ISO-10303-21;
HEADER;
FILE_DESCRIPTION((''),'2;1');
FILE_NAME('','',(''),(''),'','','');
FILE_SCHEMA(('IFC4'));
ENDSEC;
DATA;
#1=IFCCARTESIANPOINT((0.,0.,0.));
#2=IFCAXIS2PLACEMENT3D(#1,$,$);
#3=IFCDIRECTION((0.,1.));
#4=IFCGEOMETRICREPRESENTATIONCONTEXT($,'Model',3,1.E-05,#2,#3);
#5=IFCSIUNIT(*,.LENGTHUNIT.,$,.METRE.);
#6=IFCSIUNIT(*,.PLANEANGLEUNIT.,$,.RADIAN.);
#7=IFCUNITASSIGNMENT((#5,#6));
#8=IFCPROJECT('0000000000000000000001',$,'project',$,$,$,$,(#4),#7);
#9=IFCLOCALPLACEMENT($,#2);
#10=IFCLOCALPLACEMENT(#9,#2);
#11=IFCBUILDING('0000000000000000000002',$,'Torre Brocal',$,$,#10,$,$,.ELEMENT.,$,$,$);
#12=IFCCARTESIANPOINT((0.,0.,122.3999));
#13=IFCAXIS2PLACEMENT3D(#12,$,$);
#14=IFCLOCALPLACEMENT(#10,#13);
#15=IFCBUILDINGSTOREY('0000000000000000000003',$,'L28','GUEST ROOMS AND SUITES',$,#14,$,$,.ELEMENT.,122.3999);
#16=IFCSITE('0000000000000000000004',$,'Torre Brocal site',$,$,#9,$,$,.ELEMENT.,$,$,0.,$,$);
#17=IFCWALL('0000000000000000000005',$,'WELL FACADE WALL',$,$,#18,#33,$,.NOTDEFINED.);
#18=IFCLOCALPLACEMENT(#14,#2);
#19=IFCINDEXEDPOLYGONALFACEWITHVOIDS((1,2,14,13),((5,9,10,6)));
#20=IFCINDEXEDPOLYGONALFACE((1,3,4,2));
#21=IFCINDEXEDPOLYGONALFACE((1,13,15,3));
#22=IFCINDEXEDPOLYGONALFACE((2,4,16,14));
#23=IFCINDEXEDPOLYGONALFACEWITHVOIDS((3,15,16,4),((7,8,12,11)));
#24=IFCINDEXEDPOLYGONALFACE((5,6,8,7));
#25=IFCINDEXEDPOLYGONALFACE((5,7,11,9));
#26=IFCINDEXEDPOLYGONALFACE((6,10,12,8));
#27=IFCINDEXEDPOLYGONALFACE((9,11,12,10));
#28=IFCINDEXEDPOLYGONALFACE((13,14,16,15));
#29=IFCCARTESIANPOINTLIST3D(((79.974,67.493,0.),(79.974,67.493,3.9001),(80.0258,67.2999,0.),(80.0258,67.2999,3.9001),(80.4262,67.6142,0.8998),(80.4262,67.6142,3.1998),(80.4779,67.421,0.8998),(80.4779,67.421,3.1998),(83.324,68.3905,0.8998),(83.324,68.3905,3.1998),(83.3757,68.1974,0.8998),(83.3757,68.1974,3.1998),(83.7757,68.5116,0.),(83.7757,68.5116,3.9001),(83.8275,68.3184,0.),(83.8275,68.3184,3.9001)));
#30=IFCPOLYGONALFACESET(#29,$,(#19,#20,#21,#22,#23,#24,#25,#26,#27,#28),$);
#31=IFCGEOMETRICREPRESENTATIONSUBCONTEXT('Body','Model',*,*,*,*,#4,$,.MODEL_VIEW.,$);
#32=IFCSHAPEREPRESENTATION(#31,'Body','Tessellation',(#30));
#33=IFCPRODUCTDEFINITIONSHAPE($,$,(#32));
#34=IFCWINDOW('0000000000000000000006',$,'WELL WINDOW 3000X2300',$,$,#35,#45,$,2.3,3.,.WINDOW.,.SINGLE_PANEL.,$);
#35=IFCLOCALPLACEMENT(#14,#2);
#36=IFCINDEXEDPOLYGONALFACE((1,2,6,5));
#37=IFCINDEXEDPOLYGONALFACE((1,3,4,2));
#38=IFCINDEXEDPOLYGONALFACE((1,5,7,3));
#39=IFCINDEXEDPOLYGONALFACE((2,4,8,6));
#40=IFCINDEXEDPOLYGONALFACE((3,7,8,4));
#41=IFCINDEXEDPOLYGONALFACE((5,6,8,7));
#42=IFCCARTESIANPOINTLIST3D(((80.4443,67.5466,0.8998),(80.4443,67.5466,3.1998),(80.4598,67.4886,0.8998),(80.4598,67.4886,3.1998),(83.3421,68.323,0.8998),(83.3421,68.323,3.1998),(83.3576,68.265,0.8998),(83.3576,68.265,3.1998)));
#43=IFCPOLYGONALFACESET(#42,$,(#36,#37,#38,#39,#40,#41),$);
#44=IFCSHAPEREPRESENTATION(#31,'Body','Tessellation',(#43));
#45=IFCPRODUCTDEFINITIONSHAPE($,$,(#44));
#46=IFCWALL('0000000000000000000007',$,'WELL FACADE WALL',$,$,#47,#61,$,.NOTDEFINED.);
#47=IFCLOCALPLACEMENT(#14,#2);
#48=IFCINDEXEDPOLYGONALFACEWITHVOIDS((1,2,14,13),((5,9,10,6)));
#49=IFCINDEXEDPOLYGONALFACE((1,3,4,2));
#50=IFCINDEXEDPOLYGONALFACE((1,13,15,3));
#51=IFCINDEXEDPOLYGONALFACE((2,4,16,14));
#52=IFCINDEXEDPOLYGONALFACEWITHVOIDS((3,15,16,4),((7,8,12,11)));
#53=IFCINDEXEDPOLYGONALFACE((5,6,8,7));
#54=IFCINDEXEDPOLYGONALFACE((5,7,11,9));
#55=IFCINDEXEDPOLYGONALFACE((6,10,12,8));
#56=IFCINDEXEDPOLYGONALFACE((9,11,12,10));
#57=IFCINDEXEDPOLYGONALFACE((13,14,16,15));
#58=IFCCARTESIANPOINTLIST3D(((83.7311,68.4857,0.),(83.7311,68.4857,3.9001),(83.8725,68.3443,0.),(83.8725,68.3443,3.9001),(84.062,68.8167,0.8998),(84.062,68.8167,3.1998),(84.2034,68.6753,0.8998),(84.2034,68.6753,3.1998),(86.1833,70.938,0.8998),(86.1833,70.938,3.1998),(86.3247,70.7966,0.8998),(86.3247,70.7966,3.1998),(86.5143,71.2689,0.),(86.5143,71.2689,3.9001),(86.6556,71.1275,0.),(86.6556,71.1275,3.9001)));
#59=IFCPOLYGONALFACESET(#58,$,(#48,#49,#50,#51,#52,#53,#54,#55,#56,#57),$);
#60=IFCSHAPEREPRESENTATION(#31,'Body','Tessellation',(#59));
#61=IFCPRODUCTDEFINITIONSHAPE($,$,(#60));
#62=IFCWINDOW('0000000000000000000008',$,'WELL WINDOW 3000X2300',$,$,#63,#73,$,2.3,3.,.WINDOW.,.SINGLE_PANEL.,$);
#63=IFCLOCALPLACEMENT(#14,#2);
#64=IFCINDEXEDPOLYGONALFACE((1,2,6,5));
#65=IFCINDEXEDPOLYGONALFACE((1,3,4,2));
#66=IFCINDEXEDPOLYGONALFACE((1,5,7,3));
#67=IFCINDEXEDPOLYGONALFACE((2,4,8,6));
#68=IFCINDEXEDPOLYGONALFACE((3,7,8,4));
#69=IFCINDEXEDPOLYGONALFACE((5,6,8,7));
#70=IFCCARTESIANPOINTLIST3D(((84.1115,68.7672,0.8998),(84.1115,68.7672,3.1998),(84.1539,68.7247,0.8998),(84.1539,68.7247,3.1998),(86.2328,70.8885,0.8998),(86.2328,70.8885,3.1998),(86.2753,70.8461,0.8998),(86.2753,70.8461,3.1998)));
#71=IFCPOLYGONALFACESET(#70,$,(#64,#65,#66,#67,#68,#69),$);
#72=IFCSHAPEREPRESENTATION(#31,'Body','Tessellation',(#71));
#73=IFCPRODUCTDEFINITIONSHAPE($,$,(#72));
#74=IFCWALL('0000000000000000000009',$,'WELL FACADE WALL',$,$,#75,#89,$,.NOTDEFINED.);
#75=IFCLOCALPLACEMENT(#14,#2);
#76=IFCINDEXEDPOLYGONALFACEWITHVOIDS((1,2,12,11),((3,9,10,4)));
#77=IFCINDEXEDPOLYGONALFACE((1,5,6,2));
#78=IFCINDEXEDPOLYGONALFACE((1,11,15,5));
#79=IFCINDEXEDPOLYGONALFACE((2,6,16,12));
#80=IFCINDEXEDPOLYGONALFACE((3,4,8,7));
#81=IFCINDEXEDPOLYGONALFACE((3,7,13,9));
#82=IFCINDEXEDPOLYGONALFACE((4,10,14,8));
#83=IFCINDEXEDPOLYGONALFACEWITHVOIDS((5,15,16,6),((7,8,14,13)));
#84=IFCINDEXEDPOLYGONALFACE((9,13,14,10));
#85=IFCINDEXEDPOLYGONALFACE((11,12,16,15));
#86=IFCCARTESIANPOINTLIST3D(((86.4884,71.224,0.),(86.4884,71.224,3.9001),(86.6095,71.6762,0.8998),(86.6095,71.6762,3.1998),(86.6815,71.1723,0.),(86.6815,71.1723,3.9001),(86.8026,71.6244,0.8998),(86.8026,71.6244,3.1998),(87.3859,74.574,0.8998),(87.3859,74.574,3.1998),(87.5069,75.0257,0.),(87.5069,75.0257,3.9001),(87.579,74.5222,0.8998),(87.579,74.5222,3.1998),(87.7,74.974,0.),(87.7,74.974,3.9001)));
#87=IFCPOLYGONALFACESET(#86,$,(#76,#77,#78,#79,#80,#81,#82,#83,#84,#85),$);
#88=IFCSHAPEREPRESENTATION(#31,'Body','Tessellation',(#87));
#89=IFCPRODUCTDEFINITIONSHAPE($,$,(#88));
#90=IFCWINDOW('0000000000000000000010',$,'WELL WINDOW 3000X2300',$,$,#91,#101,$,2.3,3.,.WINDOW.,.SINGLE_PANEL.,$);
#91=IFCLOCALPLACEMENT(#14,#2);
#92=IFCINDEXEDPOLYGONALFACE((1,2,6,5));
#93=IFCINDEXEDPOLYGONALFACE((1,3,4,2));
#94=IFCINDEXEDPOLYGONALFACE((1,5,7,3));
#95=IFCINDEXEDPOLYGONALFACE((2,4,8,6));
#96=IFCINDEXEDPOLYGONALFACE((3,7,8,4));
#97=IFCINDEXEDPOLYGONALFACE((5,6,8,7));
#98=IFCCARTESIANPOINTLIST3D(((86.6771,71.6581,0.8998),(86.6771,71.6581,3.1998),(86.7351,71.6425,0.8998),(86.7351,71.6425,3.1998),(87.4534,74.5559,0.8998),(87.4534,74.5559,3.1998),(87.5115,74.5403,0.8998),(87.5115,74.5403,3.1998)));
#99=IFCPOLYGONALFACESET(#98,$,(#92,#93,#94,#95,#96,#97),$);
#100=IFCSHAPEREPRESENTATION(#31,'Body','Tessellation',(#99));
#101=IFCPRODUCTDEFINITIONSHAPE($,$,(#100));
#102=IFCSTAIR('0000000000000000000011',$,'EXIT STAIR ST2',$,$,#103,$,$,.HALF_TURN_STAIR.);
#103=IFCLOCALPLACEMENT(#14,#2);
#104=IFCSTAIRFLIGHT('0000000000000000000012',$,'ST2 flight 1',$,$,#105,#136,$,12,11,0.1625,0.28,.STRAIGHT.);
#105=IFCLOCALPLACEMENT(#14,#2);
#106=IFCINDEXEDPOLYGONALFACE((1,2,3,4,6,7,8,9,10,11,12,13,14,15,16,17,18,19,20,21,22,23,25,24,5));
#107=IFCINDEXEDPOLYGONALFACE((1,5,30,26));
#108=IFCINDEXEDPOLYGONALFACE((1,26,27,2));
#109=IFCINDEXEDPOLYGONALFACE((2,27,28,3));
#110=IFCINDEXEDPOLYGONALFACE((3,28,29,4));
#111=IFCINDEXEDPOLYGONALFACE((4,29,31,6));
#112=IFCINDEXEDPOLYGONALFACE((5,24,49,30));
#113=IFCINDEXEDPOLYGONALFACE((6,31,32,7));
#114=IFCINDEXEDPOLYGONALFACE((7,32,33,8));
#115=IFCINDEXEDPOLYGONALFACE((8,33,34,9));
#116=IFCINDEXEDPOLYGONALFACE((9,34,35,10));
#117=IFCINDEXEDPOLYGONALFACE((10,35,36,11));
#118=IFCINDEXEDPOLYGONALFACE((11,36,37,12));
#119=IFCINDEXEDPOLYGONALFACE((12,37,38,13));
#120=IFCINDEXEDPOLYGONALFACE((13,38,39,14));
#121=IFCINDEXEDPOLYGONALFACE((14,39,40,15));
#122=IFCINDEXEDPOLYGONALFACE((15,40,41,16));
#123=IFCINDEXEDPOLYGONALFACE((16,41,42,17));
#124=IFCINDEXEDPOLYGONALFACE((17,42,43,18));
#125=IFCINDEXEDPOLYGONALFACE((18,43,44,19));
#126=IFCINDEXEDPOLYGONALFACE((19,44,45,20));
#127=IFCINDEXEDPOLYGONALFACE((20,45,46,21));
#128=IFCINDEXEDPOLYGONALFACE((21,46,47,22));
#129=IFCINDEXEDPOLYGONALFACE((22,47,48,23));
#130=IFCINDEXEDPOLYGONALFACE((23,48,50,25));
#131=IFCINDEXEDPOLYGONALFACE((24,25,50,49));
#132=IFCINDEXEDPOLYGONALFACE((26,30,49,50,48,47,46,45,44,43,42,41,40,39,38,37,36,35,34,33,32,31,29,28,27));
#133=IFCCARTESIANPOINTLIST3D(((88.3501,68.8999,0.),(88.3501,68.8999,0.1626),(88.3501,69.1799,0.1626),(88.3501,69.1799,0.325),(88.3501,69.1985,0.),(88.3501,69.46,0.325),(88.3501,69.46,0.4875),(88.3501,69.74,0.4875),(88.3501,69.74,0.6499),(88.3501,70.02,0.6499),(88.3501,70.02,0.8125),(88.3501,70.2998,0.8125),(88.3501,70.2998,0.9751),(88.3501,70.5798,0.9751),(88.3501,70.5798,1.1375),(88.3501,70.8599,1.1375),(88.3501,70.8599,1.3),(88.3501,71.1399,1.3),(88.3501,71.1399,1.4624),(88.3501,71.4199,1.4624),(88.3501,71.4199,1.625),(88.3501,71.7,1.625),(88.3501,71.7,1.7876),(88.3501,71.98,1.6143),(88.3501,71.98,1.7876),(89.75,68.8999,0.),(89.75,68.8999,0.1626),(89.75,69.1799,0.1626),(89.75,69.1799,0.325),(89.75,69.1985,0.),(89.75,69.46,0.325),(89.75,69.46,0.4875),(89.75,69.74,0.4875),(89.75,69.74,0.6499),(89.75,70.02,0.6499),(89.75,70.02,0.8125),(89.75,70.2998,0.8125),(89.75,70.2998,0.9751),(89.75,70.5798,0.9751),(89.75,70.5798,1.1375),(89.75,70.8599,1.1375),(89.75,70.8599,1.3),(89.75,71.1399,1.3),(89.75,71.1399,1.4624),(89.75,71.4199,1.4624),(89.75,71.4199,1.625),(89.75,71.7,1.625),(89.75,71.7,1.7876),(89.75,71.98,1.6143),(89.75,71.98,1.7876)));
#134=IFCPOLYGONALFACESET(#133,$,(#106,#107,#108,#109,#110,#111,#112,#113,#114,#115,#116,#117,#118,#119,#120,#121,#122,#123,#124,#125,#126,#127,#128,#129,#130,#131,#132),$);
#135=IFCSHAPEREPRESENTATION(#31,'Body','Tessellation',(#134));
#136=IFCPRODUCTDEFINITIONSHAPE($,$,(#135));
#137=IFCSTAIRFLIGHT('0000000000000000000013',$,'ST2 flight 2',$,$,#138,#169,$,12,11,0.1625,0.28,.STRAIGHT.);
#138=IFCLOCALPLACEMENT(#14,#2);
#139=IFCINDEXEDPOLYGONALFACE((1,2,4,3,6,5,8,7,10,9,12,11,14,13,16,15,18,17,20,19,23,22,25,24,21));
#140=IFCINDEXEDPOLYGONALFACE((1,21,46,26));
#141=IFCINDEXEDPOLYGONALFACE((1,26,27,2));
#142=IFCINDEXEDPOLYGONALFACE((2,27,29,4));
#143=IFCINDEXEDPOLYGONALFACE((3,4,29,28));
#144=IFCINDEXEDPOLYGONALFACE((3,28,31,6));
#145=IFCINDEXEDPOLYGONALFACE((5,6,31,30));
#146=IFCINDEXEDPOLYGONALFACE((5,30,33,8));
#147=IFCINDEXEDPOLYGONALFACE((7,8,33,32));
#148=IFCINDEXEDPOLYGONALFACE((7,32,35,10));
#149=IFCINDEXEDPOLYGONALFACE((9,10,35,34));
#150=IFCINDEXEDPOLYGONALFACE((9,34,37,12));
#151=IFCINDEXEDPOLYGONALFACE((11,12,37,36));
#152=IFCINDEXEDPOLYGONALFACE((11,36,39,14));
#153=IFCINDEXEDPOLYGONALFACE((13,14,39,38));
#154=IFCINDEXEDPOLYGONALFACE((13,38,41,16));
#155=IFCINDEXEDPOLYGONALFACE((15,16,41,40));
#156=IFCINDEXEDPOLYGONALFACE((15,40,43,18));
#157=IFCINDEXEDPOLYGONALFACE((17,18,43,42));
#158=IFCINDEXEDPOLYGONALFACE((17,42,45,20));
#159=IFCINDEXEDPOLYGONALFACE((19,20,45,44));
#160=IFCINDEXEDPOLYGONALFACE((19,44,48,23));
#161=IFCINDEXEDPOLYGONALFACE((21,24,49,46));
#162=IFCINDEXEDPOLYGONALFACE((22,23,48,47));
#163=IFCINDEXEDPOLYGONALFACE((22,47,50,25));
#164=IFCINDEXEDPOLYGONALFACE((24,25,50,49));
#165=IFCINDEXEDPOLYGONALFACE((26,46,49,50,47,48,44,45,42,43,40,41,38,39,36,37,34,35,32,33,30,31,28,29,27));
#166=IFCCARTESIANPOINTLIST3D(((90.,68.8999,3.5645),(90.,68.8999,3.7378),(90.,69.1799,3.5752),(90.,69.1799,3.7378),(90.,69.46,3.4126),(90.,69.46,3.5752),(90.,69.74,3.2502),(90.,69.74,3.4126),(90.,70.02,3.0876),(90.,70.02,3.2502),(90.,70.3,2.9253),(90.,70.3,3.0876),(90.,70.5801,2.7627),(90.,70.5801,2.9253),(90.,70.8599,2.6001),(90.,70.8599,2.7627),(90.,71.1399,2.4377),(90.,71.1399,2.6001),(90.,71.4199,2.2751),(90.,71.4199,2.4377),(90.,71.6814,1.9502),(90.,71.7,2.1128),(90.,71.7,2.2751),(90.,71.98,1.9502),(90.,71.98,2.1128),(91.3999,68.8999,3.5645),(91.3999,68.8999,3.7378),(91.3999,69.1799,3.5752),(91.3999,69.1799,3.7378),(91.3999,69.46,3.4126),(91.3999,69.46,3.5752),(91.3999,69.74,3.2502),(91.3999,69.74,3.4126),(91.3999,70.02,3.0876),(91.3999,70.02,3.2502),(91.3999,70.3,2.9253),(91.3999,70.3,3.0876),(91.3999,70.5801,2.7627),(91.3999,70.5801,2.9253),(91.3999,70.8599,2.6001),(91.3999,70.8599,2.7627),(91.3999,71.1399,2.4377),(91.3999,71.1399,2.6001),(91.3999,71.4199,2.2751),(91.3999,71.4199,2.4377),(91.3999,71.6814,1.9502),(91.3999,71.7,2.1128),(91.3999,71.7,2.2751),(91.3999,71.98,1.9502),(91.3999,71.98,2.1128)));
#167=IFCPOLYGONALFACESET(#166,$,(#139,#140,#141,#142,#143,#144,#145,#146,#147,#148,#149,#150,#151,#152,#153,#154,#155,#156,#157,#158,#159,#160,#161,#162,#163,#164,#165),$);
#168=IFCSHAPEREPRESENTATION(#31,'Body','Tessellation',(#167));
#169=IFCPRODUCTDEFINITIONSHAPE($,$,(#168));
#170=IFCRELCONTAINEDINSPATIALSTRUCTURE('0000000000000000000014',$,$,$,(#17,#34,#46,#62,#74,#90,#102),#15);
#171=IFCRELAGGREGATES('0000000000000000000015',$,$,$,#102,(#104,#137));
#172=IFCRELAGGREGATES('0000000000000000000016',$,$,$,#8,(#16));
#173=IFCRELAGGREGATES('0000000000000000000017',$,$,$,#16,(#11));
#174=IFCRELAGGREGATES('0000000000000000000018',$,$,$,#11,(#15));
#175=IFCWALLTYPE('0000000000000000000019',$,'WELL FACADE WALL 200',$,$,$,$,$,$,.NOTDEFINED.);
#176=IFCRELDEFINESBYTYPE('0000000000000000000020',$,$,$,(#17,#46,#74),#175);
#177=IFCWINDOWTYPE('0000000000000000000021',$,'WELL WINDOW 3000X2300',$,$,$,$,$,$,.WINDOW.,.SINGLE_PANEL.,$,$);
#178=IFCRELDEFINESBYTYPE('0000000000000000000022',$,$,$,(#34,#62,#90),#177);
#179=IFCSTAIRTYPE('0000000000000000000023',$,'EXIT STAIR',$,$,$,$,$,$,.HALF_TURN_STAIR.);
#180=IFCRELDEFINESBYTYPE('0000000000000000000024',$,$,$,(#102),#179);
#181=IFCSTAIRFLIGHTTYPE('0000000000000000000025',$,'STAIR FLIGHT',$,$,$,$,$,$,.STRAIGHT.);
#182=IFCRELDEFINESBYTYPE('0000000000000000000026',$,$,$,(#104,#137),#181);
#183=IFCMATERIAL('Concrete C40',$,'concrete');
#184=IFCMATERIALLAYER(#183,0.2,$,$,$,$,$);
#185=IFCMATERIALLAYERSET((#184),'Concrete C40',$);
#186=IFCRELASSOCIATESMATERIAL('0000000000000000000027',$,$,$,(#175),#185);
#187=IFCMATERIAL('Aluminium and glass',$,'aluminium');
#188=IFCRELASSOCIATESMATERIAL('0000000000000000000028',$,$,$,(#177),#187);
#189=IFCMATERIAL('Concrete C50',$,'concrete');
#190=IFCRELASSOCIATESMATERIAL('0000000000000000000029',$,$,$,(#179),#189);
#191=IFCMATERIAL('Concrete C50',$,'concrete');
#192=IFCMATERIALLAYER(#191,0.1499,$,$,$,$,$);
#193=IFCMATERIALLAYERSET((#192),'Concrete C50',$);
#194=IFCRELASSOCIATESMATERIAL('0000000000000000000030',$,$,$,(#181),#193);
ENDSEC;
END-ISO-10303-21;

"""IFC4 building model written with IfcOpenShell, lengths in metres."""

from ifc_helpers import new_model, si_unit, direction, frame, frame_2d, origin, place, context, subcontext, project, spatial, polyline, rectangle, outline, extrude, material, layer, layer_set, type_object, element, fill, aggregate, save


model = new_model("IFC4")

# Units and contexts
model_context = context("Model", 3, precision=1e-05, world=origin(), true_north=direction((0.0, 1.0)))
body_context = subcontext(model_context, "Body", "Model", "MODEL_VIEW")
ifc_project = project(units=[si_unit("LENGTHUNIT", "METRE"), si_unit("PLANEANGLEUNIT", "RADIAN")], contexts=[model_context])

# Site, building, storey
site_placement = place(None, origin())
site = spatial("IfcSite", under=ifc_project, at=site_placement, Name="Torre Brocal site", CompositionType="ELEMENT", RefElevation=0.0)
building_placement = place(site_placement, origin())
building = spatial("IfcBuilding", under=site, at=building_placement, Name="Torre Brocal", CompositionType="ELEMENT")
storey_placement = place(building_placement, frame((0.0, 0.0, 122.3999)))
storey = spatial("IfcBuildingStorey", under=building, at=storey_placement, Name="L28", Description="GUEST ROOMS AND SUITES", CompositionType="ELEMENT", Elevation=122.3999)

# Walls, openings, windows
ifc_material_1 = material(Name="Concrete C40", Category="concrete")
ifc_layer_1 = layer(ifc_material_1, 0.2)
ifc_layer_set_1 = layer_set([ifc_layer_1], Name="Concrete C40")
wall_type_1 = type_object("IfcWallType", Name="WELL FACADE WALL 200", PredefinedType="NOTDEFINED", material=ifc_layer_set_1)
wall_1_placement = place(storey_placement, frame((80.0, 67.3965, 0.0), z_axis=(0.0, 0.0, 1.0), x_axis=(0.965934, 0.25879, 0.0)))
wall_1 = element("IfcWall", 1, at=wall_1_placement, inside=storey, type_object=wall_type_1, Name="WELL FACADE WALL", PredefinedType="NOTDEFINED", context=body_context, shape_type="SweptSolid", body=[
    extrude(rectangle(XDim=3.9358, YDim=0.2, at=frame_2d((1.9678, 0.0))), origin(), (0.0, 0.0, 1.0), 3.9001),
])
opening_1_placement = place(wall_1_placement, frame((0.468, 0.0, 0.8999)))
opening_1 = element("IfcOpeningElement", 2, at=opening_1_placement, cuts=wall_1, PredefinedType="OPENING", context=body_context, shape_type="SweptSolid", body=[
    extrude(rectangle(XDim=3.0, YDim=2.3, at=frame_2d((1.5, 1.1499))), frame((0.0, 0.1099, 0.0), z_axis=(0.0, -1.0, 0.0), x_axis=(1.0, 0.0, 0.0)), (0.0, 0.0, 1.0), 0.22),
])
ifc_material_2 = material(Name="Aluminium and glass", Category="aluminium")
window_type = type_object("IfcWindowType", Name="WELL WINDOW 3000X2300", PartitioningType="SINGLE_PANEL", PredefinedType="WINDOW", material=ifc_material_2)
window_1_placement = place(opening_1_placement, origin())
window_1 = element("IfcWindow", 3, at=window_1_placement, inside=storey, type_object=window_type, Name="WELL WINDOW 3000X2300", OverallHeight=2.3, OverallWidth=3.0, PartitioningType="SINGLE_PANEL", PredefinedType="WINDOW", context=body_context, shape_type="SweptSolid", body=[
    extrude(rectangle(XDim=3.0, YDim=2.3, at=frame_2d((1.5, 1.1499))), frame((0.0, 0.03, 0.0), z_axis=(0.0, -1.0, 0.0), x_axis=(1.0, 0.0, 0.0)), (0.0, 0.0, 1.0), 0.0601),
])
fill(opening_1, window_1)
wall_2_placement = place(storey_placement, frame((83.8018, 68.415, 0.0), z_axis=(0.0, 0.0, 1.0), x_axis=(0.707107, 0.707107, 0.0)))
wall_2 = element("IfcWall", 4, at=wall_2_placement, inside=storey, type_object=wall_type_1, Name="WELL FACADE WALL", PredefinedType="NOTDEFINED", context=body_context, shape_type="SweptSolid", body=[
    extrude(rectangle(XDim=3.936, YDim=0.2, at=frame_2d((1.968, 0.0))), origin(), (0.0, 0.0, 1.0), 3.9001),
])
opening_2_placement = place(wall_2_placement, frame((0.468, 0.0, 0.8999)))
opening_2 = element("IfcOpeningElement", 5, at=opening_2_placement, cuts=wall_2, PredefinedType="OPENING", context=body_context, shape_type="SweptSolid", body=[
    extrude(rectangle(XDim=3.0, YDim=2.3, at=frame_2d((1.5, 1.1499))), frame((0.0, 0.1099, 0.0), z_axis=(0.0, -1.0, 0.0), x_axis=(1.0, 0.0, 0.0)), (0.0, 0.0, 1.0), 0.22),
])
window_2_placement = place(opening_2_placement, origin())
window_2 = element("IfcWindow", 6, at=window_2_placement, inside=storey, type_object=window_type, Name="WELL WINDOW 3000X2300", OverallHeight=2.3, OverallWidth=3.0, PartitioningType="SINGLE_PANEL", PredefinedType="WINDOW", context=body_context, shape_type="SweptSolid", body=[
    extrude(rectangle(XDim=3.0, YDim=2.3, at=frame_2d((1.5, 1.1499))), frame((0.0, 0.03, 0.0), z_axis=(0.0, -1.0, 0.0), x_axis=(1.0, 0.0, 0.0)), (0.0, 0.0, 1.0), 0.0601),
])
fill(opening_2, window_2)
wall_3_placement = place(storey_placement, frame((86.585, 71.1982, 0.0), z_axis=(0.0, 0.0, 1.0), x_axis=(0.25879, 0.965934, 0.0)))
wall_3 = element("IfcWall", 7, at=wall_3_placement, inside=storey, type_object=wall_type_1, Name="WELL FACADE WALL", PredefinedType="NOTDEFINED", context=body_context, shape_type="SweptSolid", body=[
    extrude(rectangle(XDim=3.9358, YDim=0.2, at=frame_2d((1.9678, 0.0))), origin(), (0.0, 0.0, 1.0), 3.9001),
])
opening_3_placement = place(wall_3_placement, frame((0.468, 0.0, 0.8999)))
opening_3 = element("IfcOpeningElement", 8, at=opening_3_placement, cuts=wall_3, PredefinedType="OPENING", context=body_context, shape_type="SweptSolid", body=[
    extrude(rectangle(XDim=3.0, YDim=2.3, at=frame_2d((1.5, 1.1499))), frame((0.0, 0.1099, 0.0), z_axis=(0.0, -1.0, 0.0), x_axis=(1.0, 0.0, 0.0)), (0.0, 0.0, 1.0), 0.22),
])
window_3_placement = place(opening_3_placement, origin())
window_3 = element("IfcWindow", 9, at=window_3_placement, inside=storey, type_object=window_type, Name="WELL WINDOW 3000X2300", OverallHeight=2.3, OverallWidth=3.0, PartitioningType="SINGLE_PANEL", PredefinedType="WINDOW", context=body_context, shape_type="SweptSolid", body=[
    extrude(rectangle(XDim=3.0, YDim=2.3, at=frame_2d((1.5, 1.1499))), frame((0.0, 0.03, 0.0), z_axis=(0.0, -1.0, 0.0), x_axis=(1.0, 0.0, 0.0)), (0.0, 0.0, 1.0), 0.0601),
])
fill(opening_3, window_3)

# Stair, stair flights
ifc_material_3 = material(Name="Concrete C50", Category="concrete")
stair_type = type_object("IfcStairType", Name="EXIT STAIR", PredefinedType="HALF_TURN_STAIR", material=ifc_material_3)
stair_placement = place(storey_placement, origin())
stair = element("IfcStair", 10, at=stair_placement, inside=storey, type_object=stair_type, Name="EXIT STAIR ST2", PredefinedType="HALF_TURN_STAIR")
ifc_material_4 = material(Name="Concrete C50", Category="concrete")
ifc_layer_2 = layer(ifc_material_4, 0.1499)
ifc_layer_set_2 = layer_set([ifc_layer_2], Name="Concrete C50")
stair_flight_type = type_object("IfcStairFlightType", Name="STAIR FLIGHT", PredefinedType="STRAIGHT", material=ifc_layer_set_2)
stair_flight_1_placement = place(storey_placement, frame((89.05, 68.8999, 0.0), z_axis=(0.0, 0.0, 1.0), x_axis=(0.0, 1.0, 0.0)))
stair_flight_1 = element("IfcStairFlight", 11, at=stair_flight_1_placement, type_object=stair_flight_type, Name="ST2 flight 1", NumberOfRisers=12, NumberOfTreads=11, PredefinedType="STRAIGHT", RiserHeight=0.1625, TreadLength=0.28, context=body_context, shape_type="SweptSolid", body=[
    extrude(outline(polyline([(0.0, 0.0), (0.0, 0.1626), (0.28, 0.1626), (0.28, 0.325), (0.5601, 0.325), (0.5601, 0.4875), (0.8401, 0.4875), (0.8401, 0.6499), (1.1201, 0.6499), (1.1201, 0.8125), (1.3999, 0.8125), (1.3999, 0.9751), (1.6799, 0.9751), (1.6799, 1.1375), (1.96, 1.1375), (1.96, 1.3), (2.24, 1.3), (2.24, 1.4624), (2.52, 1.4624), (2.52, 1.625), (2.8, 1.625), (2.8, 1.7876), (3.0801, 1.7876), (3.0801, 1.95), (3.0801, 1.6143), (0.2986, 0.0), (0.0, 0.0)])), frame((0.0, 0.7, 0.0), z_axis=(0.0, -1.0, 0.0), x_axis=(1.0, 0.0, 0.0)), (0.0, 0.0, 1.0), 1.3999),
])
stair_flight_2_placement = place(storey_placement, frame((90.7, 71.98, 1.9502), z_axis=(0.0, 0.0, 1.0), x_axis=(0.0, -1.0, 0.0)))
stair_flight_2 = element("IfcStairFlight", 12, at=stair_flight_2_placement, type_object=stair_flight_type, Name="ST2 flight 2", NumberOfRisers=12, NumberOfTreads=11, PredefinedType="STRAIGHT", RiserHeight=0.1625, TreadLength=0.28, context=body_context, shape_type="SweptSolid", body=[
    extrude(outline(polyline([(0.0, 0.0), (0.0, 0.1626), (0.28, 0.1626), (0.28, 0.325), (0.5601, 0.325), (0.5601, 0.4875), (0.8401, 0.4875), (0.8401, 0.6499), (1.1201, 0.6499), (1.1201, 0.8125), (1.3999, 0.8125), (1.3999, 0.9751), (1.6799, 0.9751), (1.6799, 1.1375), (1.96, 1.1375), (1.96, 1.3), (2.24, 1.3), (2.24, 1.4624), (2.52, 1.4624), (2.52, 1.625), (2.8, 1.625), (2.8, 1.7876), (3.0801, 1.7876), (3.0801, 1.95), (3.0801, 1.6143), (0.2986, 0.0), (0.0, 0.0)])), frame((0.0, 0.7, 0.0), z_axis=(0.0, -1.0, 0.0), x_axis=(1.0, 0.0, 0.0)), (0.0, 0.0, 1.0), 1.3999),
])
aggregate(stair, [stair_flight_1, stair_flight_2])

save(model, "model.ifc")
